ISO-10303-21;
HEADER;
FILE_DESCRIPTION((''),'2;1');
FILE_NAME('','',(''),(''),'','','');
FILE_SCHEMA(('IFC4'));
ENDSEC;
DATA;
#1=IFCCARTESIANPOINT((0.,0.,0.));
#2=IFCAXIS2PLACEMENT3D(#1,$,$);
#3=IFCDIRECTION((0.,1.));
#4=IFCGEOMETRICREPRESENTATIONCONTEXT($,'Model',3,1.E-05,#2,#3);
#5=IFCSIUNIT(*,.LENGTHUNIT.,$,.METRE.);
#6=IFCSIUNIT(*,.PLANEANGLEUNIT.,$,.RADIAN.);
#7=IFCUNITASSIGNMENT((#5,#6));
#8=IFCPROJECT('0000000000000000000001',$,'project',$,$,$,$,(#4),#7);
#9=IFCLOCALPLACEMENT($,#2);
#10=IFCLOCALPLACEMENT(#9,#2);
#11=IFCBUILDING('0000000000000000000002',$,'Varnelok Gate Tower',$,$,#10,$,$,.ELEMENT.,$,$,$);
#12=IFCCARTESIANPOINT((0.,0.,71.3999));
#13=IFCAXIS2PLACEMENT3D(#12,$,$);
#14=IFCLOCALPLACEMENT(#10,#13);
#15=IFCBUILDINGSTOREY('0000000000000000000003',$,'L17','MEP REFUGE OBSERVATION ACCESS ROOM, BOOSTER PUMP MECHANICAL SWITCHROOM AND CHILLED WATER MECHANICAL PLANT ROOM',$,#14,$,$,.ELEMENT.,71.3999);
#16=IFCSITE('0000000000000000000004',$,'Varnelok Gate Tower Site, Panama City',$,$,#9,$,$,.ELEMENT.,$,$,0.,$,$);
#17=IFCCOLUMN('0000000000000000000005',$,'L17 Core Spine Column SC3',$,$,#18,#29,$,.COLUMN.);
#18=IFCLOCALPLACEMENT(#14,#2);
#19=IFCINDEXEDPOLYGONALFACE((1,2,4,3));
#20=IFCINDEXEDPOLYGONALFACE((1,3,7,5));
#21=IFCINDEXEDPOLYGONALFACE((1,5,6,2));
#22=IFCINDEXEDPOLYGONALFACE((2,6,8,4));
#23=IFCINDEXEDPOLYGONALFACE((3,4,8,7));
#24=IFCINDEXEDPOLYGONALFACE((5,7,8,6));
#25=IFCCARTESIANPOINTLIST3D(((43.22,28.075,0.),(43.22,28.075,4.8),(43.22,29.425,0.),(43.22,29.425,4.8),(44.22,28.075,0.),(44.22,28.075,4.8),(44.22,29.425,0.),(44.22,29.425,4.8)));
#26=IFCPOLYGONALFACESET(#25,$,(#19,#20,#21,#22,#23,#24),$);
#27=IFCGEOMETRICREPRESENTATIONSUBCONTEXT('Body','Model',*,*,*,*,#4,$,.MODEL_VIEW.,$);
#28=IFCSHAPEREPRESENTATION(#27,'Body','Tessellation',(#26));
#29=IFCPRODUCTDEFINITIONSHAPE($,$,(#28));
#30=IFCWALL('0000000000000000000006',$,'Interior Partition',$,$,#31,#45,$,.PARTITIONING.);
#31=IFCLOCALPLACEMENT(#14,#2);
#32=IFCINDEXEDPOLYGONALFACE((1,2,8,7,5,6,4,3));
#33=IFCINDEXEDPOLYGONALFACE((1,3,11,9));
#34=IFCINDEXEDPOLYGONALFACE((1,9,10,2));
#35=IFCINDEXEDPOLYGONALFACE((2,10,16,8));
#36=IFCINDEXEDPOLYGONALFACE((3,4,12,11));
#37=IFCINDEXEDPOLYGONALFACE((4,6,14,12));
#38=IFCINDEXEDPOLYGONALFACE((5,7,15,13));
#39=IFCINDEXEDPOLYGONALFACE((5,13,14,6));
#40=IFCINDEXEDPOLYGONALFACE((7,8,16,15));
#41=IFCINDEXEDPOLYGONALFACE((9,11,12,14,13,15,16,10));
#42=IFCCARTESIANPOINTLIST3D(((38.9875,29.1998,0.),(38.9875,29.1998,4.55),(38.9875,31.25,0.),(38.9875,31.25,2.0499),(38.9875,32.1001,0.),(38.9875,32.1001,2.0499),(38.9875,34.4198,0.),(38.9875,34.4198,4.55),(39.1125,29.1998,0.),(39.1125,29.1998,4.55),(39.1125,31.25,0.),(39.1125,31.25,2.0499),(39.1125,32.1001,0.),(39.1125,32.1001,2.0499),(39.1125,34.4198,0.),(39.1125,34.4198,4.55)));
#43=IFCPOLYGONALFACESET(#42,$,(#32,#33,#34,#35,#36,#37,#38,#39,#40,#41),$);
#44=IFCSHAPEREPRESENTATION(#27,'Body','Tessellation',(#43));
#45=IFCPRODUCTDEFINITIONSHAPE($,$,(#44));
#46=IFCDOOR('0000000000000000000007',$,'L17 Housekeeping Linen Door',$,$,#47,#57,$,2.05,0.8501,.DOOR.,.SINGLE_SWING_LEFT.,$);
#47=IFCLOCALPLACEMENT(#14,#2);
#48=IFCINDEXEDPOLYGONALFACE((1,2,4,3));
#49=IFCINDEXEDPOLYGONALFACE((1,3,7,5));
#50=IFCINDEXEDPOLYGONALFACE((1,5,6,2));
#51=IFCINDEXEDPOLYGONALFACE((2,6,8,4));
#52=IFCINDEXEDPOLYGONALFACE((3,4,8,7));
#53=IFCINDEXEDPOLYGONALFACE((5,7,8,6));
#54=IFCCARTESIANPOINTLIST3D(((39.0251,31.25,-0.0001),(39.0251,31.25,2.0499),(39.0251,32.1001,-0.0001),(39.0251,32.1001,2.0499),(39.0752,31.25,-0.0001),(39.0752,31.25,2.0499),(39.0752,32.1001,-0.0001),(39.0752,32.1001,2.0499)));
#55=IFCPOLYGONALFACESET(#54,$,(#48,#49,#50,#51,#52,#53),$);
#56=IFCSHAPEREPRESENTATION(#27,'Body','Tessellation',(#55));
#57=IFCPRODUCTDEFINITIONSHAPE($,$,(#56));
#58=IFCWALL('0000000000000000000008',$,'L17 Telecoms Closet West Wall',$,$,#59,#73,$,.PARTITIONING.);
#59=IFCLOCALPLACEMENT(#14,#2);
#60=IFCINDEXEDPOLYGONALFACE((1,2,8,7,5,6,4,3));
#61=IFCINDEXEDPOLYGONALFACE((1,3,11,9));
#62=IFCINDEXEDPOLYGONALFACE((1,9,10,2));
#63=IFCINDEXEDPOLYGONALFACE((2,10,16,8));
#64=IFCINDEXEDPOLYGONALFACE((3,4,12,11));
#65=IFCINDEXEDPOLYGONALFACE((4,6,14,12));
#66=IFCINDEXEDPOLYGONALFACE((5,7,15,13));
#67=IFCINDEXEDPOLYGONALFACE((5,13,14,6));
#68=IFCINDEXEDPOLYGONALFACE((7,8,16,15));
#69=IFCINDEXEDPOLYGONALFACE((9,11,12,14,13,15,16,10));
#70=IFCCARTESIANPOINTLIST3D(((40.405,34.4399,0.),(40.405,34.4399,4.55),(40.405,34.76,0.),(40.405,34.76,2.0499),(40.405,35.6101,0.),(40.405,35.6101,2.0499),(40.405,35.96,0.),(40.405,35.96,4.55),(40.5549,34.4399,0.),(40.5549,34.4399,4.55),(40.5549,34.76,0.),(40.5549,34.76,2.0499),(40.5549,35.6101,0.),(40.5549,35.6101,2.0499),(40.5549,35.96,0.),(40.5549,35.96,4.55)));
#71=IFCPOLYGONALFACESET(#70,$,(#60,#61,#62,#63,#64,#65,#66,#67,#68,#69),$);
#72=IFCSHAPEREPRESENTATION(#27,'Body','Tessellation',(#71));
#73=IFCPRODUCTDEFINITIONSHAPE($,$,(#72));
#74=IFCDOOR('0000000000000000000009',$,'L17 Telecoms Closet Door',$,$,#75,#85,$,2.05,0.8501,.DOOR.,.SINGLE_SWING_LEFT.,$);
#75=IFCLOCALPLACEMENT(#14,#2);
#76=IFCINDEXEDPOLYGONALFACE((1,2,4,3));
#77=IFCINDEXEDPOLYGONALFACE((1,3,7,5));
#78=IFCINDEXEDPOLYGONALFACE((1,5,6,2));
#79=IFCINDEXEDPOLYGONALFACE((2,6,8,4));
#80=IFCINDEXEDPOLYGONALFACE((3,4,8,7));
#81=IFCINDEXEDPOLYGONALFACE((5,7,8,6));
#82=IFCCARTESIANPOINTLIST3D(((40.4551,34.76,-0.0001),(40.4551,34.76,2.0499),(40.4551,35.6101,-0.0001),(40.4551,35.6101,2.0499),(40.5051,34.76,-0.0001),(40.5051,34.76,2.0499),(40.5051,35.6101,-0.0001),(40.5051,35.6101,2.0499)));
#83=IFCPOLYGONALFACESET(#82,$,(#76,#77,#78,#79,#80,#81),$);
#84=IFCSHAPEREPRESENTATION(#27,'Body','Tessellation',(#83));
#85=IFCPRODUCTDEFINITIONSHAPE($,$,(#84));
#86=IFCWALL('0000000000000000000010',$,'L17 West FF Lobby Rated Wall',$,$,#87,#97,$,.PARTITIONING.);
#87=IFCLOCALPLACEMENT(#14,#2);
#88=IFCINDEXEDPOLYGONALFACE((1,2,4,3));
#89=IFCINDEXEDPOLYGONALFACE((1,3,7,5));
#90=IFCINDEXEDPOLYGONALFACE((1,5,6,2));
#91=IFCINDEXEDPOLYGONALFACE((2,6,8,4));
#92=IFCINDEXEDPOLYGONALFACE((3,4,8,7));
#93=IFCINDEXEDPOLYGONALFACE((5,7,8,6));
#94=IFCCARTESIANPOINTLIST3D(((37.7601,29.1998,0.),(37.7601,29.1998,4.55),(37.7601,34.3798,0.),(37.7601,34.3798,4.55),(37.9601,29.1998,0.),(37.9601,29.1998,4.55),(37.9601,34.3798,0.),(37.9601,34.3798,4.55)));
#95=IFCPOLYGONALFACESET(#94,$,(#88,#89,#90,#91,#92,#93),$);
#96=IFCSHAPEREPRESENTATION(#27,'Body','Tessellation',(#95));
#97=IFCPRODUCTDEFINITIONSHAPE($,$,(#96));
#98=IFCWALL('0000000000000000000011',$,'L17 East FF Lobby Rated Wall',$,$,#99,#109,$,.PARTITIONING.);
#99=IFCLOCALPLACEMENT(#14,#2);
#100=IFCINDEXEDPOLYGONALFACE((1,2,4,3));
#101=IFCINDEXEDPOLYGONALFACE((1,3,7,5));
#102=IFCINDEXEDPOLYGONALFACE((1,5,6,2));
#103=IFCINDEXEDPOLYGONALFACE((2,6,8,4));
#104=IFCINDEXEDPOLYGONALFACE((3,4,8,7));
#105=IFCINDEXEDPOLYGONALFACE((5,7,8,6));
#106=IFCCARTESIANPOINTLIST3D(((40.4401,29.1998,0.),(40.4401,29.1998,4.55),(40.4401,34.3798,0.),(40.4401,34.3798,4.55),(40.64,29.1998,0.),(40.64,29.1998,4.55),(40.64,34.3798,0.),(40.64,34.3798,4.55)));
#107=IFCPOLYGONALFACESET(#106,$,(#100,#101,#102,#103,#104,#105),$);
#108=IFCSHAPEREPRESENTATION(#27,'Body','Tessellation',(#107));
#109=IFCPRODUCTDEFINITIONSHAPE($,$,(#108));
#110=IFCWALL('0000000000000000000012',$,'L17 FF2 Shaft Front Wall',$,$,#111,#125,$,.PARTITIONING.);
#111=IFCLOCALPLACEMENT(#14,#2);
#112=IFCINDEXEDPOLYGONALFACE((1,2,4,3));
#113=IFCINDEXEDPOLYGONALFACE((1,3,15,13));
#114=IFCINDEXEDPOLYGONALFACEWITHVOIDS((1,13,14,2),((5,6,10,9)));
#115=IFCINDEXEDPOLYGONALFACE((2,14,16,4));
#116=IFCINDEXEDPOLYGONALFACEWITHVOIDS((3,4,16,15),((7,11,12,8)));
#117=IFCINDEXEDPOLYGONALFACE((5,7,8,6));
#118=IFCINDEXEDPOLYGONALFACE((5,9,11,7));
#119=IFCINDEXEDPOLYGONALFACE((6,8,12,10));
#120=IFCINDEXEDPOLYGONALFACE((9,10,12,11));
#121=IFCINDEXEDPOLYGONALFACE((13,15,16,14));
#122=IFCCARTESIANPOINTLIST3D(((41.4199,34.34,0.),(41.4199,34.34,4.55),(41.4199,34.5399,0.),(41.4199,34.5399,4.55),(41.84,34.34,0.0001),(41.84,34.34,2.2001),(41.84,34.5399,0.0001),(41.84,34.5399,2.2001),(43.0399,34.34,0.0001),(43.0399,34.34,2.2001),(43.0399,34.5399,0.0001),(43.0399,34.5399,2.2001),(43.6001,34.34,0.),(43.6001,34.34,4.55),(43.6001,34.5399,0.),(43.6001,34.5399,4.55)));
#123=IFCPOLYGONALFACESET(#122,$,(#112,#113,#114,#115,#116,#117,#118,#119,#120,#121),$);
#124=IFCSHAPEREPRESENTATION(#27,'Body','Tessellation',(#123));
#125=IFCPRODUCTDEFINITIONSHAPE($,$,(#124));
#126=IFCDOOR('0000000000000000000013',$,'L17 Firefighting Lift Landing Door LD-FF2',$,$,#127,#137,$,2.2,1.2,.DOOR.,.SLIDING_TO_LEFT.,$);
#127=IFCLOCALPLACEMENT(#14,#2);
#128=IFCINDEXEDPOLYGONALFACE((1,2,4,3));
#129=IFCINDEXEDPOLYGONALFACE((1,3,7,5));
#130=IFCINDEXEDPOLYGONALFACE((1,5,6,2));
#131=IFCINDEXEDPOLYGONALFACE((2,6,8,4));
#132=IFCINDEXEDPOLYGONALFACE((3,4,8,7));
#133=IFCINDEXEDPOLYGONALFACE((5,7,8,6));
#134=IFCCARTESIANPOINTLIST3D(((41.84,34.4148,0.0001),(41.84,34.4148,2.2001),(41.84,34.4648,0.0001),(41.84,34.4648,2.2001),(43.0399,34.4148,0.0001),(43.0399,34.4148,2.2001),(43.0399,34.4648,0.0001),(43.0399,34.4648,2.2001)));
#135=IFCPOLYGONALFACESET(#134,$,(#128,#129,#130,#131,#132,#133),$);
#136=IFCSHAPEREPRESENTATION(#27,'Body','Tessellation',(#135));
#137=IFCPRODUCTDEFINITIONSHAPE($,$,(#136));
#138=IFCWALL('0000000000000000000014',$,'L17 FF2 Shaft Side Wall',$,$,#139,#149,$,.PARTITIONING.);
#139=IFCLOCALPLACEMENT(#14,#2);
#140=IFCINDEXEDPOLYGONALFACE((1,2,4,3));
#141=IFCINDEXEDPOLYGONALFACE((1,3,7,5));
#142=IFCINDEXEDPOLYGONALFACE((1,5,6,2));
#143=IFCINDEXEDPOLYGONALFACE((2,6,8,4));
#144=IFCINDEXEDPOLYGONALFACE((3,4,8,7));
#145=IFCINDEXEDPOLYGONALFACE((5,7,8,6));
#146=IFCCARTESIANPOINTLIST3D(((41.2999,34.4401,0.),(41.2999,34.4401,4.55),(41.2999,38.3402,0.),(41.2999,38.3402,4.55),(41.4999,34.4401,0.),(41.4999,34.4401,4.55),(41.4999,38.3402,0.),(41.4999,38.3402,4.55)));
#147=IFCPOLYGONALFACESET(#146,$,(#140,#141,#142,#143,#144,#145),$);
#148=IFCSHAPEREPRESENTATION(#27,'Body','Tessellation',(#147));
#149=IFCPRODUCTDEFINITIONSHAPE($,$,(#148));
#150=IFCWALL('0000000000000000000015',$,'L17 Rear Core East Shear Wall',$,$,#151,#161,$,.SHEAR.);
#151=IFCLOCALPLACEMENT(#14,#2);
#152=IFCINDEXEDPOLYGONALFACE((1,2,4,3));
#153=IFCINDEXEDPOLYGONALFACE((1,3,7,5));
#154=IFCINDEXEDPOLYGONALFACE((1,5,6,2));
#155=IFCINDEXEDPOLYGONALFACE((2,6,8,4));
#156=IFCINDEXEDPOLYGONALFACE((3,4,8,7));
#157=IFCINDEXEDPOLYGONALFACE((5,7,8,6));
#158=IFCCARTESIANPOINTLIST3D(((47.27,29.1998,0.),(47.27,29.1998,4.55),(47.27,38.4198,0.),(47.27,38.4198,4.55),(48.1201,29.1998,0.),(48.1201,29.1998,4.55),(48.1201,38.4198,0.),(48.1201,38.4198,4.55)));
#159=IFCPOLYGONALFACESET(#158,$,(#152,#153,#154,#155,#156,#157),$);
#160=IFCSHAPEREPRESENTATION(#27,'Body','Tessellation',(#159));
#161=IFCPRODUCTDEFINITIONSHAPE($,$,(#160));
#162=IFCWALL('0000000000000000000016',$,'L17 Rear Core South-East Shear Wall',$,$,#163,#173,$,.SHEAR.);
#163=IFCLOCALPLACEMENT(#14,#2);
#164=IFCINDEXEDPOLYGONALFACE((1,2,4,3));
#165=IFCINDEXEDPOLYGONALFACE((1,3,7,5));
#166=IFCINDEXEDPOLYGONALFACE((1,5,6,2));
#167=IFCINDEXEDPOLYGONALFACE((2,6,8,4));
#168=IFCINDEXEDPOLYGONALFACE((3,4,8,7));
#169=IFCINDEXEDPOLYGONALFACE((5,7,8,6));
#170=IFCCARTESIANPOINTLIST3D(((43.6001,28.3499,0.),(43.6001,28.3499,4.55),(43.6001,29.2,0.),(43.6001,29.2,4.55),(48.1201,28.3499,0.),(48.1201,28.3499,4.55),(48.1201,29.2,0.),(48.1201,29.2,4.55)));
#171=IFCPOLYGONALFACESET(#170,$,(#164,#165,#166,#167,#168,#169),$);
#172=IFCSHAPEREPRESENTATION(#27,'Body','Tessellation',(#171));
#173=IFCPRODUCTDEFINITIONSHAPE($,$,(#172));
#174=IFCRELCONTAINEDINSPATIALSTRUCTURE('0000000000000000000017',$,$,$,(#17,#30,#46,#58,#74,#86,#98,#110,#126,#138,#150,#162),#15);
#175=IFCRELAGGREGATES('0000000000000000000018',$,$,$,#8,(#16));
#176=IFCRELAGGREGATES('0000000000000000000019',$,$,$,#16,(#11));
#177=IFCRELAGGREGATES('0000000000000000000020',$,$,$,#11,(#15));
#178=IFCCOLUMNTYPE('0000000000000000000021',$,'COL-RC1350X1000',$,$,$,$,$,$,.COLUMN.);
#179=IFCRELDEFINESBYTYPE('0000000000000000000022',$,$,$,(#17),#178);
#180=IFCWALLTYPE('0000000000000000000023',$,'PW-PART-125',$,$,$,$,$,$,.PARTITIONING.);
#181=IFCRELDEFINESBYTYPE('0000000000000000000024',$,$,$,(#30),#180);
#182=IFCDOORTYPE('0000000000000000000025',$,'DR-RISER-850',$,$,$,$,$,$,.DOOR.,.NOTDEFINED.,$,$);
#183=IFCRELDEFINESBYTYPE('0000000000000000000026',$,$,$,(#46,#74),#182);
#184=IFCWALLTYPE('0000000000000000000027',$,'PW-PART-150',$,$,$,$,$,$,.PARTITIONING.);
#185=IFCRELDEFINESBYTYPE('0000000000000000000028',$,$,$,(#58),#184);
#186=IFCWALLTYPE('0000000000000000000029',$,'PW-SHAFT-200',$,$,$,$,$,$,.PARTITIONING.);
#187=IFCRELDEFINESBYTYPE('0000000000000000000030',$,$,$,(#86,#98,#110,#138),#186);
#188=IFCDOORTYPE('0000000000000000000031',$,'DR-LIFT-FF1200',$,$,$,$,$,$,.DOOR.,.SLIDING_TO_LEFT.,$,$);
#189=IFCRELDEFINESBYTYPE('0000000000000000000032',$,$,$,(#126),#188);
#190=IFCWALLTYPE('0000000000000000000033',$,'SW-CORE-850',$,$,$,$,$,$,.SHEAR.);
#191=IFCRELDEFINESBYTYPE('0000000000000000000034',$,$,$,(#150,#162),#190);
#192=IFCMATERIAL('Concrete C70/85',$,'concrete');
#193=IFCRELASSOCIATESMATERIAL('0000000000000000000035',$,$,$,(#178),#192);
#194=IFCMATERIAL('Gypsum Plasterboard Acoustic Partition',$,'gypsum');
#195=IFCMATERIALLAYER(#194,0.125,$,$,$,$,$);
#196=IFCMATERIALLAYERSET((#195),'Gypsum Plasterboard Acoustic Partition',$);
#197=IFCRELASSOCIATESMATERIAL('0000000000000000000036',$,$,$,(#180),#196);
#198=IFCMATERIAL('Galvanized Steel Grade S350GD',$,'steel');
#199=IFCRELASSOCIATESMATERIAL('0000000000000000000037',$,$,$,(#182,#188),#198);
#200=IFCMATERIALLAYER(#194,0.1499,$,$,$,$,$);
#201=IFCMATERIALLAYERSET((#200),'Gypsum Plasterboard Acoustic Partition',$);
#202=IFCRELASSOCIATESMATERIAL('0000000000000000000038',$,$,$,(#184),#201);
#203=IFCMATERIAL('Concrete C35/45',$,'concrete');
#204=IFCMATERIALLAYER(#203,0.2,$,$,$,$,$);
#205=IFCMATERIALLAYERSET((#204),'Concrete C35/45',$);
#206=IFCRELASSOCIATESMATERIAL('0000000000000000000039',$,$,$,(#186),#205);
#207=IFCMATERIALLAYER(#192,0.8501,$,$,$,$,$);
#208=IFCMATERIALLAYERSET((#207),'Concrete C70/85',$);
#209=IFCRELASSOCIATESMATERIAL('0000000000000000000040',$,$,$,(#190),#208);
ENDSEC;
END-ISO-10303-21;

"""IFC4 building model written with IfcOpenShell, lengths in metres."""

from ifc_helpers import new_model, si_unit, direction, frame, frame_2d, origin, origin_2d, place, context, subcontext, project, spatial, rectangle, extrude, material, layer, layer_set, material_profile, profile_set, type_object, element, fill, save


model = new_model("IFC4")

# Units and contexts
model_context = context("Model", 3, precision=1e-05, world=origin(), true_north=direction((0.0, 1.0)))
body_context = subcontext(model_context, "Body", "Model", "MODEL_VIEW")
ifc_project = project(units=[si_unit("LENGTHUNIT", "METRE"), si_unit("PLANEANGLEUNIT", "RADIAN")], contexts=[model_context])

# Site, building, storey
site_placement = place(None, origin())
site = spatial("IfcSite", under=ifc_project, at=site_placement, Name="Varnelok Gate Tower Site, Panama City", CompositionType="ELEMENT", RefElevation=0.0)
building_placement = place(site_placement, origin())
building = spatial("IfcBuilding", under=site, at=building_placement, Name="Varnelok Gate Tower", CompositionType="ELEMENT")
storey_placement = place(building_placement, frame((0.0, 0.0, 71.3999)))
storey = spatial("IfcBuildingStorey", under=building, at=storey_placement, Name="L17", Description="MEP REFUGE OBSERVATION ACCESS ROOM, BOOSTER PUMP MECHANICAL SWITCHROOM AND CHILLED WATER MECHANICAL PLANT ROOM", CompositionType="ELEMENT", Elevation=71.3999)

# Column
ifc_material_1 = material(Name="Concrete C70/85", Category="concrete")
ifc_material_profile = material_profile(ifc_material_1, rectangle(XDim=1.0, YDim=1.3501, at=origin_2d()), Name="RC1350X1000")
ifc_profile_set = profile_set([ifc_material_profile], Name="Concrete C70/85")
column_type = type_object("IfcColumnType", Name="COL-RC1350X1000", PredefinedType="COLUMN", material=ifc_profile_set)
column_placement = place(storey_placement, frame((43.72, 28.75, 0.0), z_axis=(0.0, 0.0, 1.0), x_axis=(1.0, 0.0, 0.0)))
element("IfcColumn", 1, at=column_placement, inside=storey, type_object=column_type, Name="L17 Core Spine Column SC3", PredefinedType="COLUMN", context=body_context, shape_type="SweptSolid", body=[
    extrude(rectangle(XDim=1.0, YDim=1.3501, at=origin_2d()), origin(), (0.0, 0.0, 1.0), 4.8),
])

# Walls, openings, doors
ifc_material_2 = material(Name="Gypsum Plasterboard Acoustic Partition", Category="gypsum")
ifc_layer_1 = layer(ifc_material_2, 0.125)
ifc_layer_set_1 = layer_set([ifc_layer_1], Name="Gypsum Plasterboard Acoustic Partition")
wall_type_1 = type_object("IfcWallType", Name="PW-PART-125", PredefinedType="PARTITIONING", material=ifc_layer_set_1)
wall_1_placement = place(storey_placement, frame((39.05, 29.2, 0.0), z_axis=(0.0, 0.0, 1.0), x_axis=(0.0, 1.0, 0.0)))
wall_1 = element("IfcWall", 2, at=wall_1_placement, inside=storey, type_object=wall_type_1, Name="Interior Partition", PredefinedType="PARTITIONING", context=body_context, shape_type="SweptSolid", body=[
    extrude(rectangle(XDim=5.22, YDim=0.125, at=frame_2d((2.6099, 0.0))), origin(), (0.0, 0.0, 1.0), 4.55),
])
opening_1_placement = place(wall_1_placement, frame((2.05, 0.0, 0.0)))
opening_1 = element("IfcOpeningElement", 3, at=opening_1_placement, cuts=wall_1, PredefinedType="OPENING", context=body_context, shape_type="SweptSolid", body=[
    extrude(rectangle(XDim=0.8501, YDim=2.05, at=frame_2d((0.425, 1.0249))), frame((0.0, 0.0725, 0.0), z_axis=(0.0, -1.0, 0.0), x_axis=(1.0, 0.0, 0.0)), (0.0, 0.0, 1.0), 0.145),
])
ifc_material_3 = material(Name="Galvanized Steel Grade S350GD", Category="steel")
door_type_1 = type_object("IfcDoorType", Name="DR-RISER-850", OperationType="NOTDEFINED", PredefinedType="DOOR", material=ifc_material_3)
door_1_placement = place(opening_1_placement, origin())
door_1 = element("IfcDoor", 4, at=door_1_placement, inside=storey, type_object=door_type_1, Name="L17 Housekeeping Linen Door", OperationType="SINGLE_SWING_LEFT", OverallHeight=2.05, OverallWidth=0.8501, PredefinedType="DOOR", context=body_context, shape_type="SweptSolid", body=[
    extrude(rectangle(XDim=0.8501, YDim=2.05, at=frame_2d((0.425, 1.0249))), frame((0.0, 0.0249, 0.0), z_axis=(0.0, -1.0, 0.0), x_axis=(1.0, 0.0, 0.0)), (0.0, 0.0, 1.0), 0.05),
])
fill(opening_1, door_1)
ifc_layer_2 = layer(ifc_material_2, 0.1499)
ifc_layer_set_2 = layer_set([ifc_layer_2], Name="Gypsum Plasterboard Acoustic Partition")
wall_type_2 = type_object("IfcWallType", Name="PW-PART-150", PredefinedType="PARTITIONING", material=ifc_layer_set_2)
wall_2_placement = place(storey_placement, frame((40.48, 34.4399, 0.0), z_axis=(0.0, 0.0, 1.0), x_axis=(0.0, 1.0, 0.0)))
wall_2 = element("IfcWall", 5, at=wall_2_placement, inside=storey, type_object=wall_type_2, Name="L17 Telecoms Closet West Wall", PredefinedType="PARTITIONING", context=body_context, shape_type="SweptSolid", body=[
    extrude(rectangle(XDim=1.52, YDim=0.1499, at=frame_2d((0.76, 0.0))), origin(), (0.0, 0.0, 1.0), 4.55),
])
opening_2_placement = place(wall_2_placement, frame((0.3201, 0.0, 0.0)))
opening_2 = element("IfcOpeningElement", 6, at=opening_2_placement, cuts=wall_2, PredefinedType="OPENING", context=body_context, shape_type="SweptSolid", body=[
    extrude(rectangle(XDim=0.8501, YDim=2.05, at=frame_2d((0.425, 1.0249))), frame((0.0, 0.085, 0.0), z_axis=(0.0, -1.0, 0.0), x_axis=(1.0, 0.0, 0.0)), (0.0, 0.0, 1.0), 0.1699),
])
door_2_placement = place(opening_2_placement, origin())
door_2 = element("IfcDoor", 7, at=door_2_placement, inside=storey, type_object=door_type_1, Name="L17 Telecoms Closet Door", OperationType="SINGLE_SWING_LEFT", OverallHeight=2.05, OverallWidth=0.8501, PredefinedType="DOOR", context=body_context, shape_type="SweptSolid", body=[
    extrude(rectangle(XDim=0.8501, YDim=2.05, at=frame_2d((0.425, 1.0249))), frame((0.0, 0.0249, 0.0), z_axis=(0.0, -1.0, 0.0), x_axis=(1.0, 0.0, 0.0)), (0.0, 0.0, 1.0), 0.05),
])
fill(opening_2, door_2)

# Walls
ifc_material_4 = material(Name="Concrete C35/45", Category="concrete")
ifc_layer_3 = layer(ifc_material_4, 0.2)
ifc_layer_set_3 = layer_set([ifc_layer_3], Name="Concrete C35/45")
wall_type_3 = type_object("IfcWallType", Name="PW-SHAFT-200", PredefinedType="PARTITIONING", material=ifc_layer_set_3)
for number, where, z_axis, x_axis, name in (
    (8, (37.8601, 29.2, 0.0), (0.0, 0.0, 1.0), (0.0, 1.0, 0.0), "L17 West FF Lobby Rated Wall"),
    (9, (40.54, 29.2, 0.0), (0.0, 0.0, 1.0), (0.0, 1.0, 0.0), "L17 East FF Lobby Rated Wall"),
):
    element("IfcWall", number, at=place(storey_placement, frame(where, z_axis=z_axis, x_axis=x_axis)), inside=storey, type_object=wall_type_3, Name=name, PredefinedType="PARTITIONING", context=body_context, shape_type="SweptSolid", body=[
        extrude(rectangle(XDim=5.1799, YDim=0.2, at=frame_2d((2.5898, 0.0))), origin(), (0.0, 0.0, 1.0), 4.55),
    ])

# Wall, opening, door
wall_3_placement = place(storey_placement, frame((41.4199, 34.4399, 0.0), z_axis=(0.0, 0.0, 1.0), x_axis=(1.0, 0.0, 0.0)))
wall_3 = element("IfcWall", 10, at=wall_3_placement, inside=storey, type_object=wall_type_3, Name="L17 FF2 Shaft Front Wall", PredefinedType="PARTITIONING", context=body_context, shape_type="SweptSolid", body=[
    extrude(rectangle(XDim=2.1802, YDim=0.2, at=frame_2d((1.0901, 0.0))), origin(), (0.0, 0.0, 1.0), 4.55),
])
opening_3_placement = place(wall_3_placement, frame((0.4199, 0.0, 0.0)))
opening_3 = element("IfcOpeningElement", 11, at=opening_3_placement, cuts=wall_3, PredefinedType="OPENING", context=body_context, shape_type="SweptSolid", body=[
    extrude(rectangle(XDim=1.2, YDim=2.2, at=frame_2d((0.6001, 1.1001))), frame((0.0, 0.1099, 0.0), z_axis=(0.0, -1.0, 0.0), x_axis=(1.0, 0.0, 0.0)), (0.0, 0.0, 1.0), 0.22),
])
door_type_2 = type_object("IfcDoorType", Name="DR-LIFT-FF1200", OperationType="SLIDING_TO_LEFT", PredefinedType="DOOR", material=ifc_material_3)
door_3_placement = place(opening_3_placement, origin())
door_3 = element("IfcDoor", 12, at=door_3_placement, inside=storey, type_object=door_type_2, Name="L17 Firefighting Lift Landing Door LD-FF2", OperationType="SLIDING_TO_LEFT", OverallHeight=2.2, OverallWidth=1.2, PredefinedType="DOOR", context=body_context, shape_type="SweptSolid", body=[
    extrude(rectangle(XDim=1.2, YDim=2.2, at=frame_2d((0.6001, 1.1001))), frame((0.0, 0.0249, 0.0), z_axis=(0.0, -1.0, 0.0), x_axis=(1.0, 0.0, 0.0)), (0.0, 0.0, 1.0), 0.05),
])
fill(opening_3, door_3)

# Walls
wall_4_placement = place(storey_placement, frame((41.3999, 34.4399, 0.0), z_axis=(0.0, 0.0, 1.0), x_axis=(0.0, 1.0, 0.0)))
element("IfcWall", 13, at=wall_4_placement, inside=storey, type_object=wall_type_3, Name="L17 FF2 Shaft Side Wall", PredefinedType="PARTITIONING", context=body_context, shape_type="SweptSolid", body=[
    extrude(rectangle(XDim=3.9001, YDim=0.2, at=frame_2d((1.9502, 0.0))), origin(), (0.0, 0.0, 1.0), 4.55),
])
ifc_layer_4 = layer(ifc_material_1, 0.8501)
ifc_layer_set_4 = layer_set([ifc_layer_4], Name="Concrete C70/85")
wall_type_4 = type_object("IfcWallType", Name="SW-CORE-850", PredefinedType="SHEAR", material=ifc_layer_set_4)
wall_5_placement = place(storey_placement, frame((47.6951, 29.2, 0.0), z_axis=(0.0, 0.0, 1.0), x_axis=(0.0, 1.0, 0.0)))
element("IfcWall", 14, at=wall_5_placement, inside=storey, type_object=wall_type_4, Name="L17 Rear Core East Shear Wall", PredefinedType="SHEAR", context=body_context, shape_type="SweptSolid", body=[
    extrude(rectangle(XDim=9.22, YDim=0.8501, at=frame_2d((4.6099, 0.0))), origin(), (0.0, 0.0, 1.0), 4.55),
])
wall_6_placement = place(storey_placement, frame((43.6001, 28.7749, 0.0), z_axis=(0.0, 0.0, 1.0), x_axis=(1.0, 0.0, 0.0)))
element("IfcWall", 15, at=wall_6_placement, inside=storey, type_object=wall_type_4, Name="L17 Rear Core South-East Shear Wall", PredefinedType="SHEAR", context=body_context, shape_type="SweptSolid", body=[
    extrude(rectangle(XDim=4.52, YDim=0.8501, at=frame_2d((2.26, 0.0))), origin(), (0.0, 0.0, 1.0), 4.55),
])

save(model, "model.ifc")
